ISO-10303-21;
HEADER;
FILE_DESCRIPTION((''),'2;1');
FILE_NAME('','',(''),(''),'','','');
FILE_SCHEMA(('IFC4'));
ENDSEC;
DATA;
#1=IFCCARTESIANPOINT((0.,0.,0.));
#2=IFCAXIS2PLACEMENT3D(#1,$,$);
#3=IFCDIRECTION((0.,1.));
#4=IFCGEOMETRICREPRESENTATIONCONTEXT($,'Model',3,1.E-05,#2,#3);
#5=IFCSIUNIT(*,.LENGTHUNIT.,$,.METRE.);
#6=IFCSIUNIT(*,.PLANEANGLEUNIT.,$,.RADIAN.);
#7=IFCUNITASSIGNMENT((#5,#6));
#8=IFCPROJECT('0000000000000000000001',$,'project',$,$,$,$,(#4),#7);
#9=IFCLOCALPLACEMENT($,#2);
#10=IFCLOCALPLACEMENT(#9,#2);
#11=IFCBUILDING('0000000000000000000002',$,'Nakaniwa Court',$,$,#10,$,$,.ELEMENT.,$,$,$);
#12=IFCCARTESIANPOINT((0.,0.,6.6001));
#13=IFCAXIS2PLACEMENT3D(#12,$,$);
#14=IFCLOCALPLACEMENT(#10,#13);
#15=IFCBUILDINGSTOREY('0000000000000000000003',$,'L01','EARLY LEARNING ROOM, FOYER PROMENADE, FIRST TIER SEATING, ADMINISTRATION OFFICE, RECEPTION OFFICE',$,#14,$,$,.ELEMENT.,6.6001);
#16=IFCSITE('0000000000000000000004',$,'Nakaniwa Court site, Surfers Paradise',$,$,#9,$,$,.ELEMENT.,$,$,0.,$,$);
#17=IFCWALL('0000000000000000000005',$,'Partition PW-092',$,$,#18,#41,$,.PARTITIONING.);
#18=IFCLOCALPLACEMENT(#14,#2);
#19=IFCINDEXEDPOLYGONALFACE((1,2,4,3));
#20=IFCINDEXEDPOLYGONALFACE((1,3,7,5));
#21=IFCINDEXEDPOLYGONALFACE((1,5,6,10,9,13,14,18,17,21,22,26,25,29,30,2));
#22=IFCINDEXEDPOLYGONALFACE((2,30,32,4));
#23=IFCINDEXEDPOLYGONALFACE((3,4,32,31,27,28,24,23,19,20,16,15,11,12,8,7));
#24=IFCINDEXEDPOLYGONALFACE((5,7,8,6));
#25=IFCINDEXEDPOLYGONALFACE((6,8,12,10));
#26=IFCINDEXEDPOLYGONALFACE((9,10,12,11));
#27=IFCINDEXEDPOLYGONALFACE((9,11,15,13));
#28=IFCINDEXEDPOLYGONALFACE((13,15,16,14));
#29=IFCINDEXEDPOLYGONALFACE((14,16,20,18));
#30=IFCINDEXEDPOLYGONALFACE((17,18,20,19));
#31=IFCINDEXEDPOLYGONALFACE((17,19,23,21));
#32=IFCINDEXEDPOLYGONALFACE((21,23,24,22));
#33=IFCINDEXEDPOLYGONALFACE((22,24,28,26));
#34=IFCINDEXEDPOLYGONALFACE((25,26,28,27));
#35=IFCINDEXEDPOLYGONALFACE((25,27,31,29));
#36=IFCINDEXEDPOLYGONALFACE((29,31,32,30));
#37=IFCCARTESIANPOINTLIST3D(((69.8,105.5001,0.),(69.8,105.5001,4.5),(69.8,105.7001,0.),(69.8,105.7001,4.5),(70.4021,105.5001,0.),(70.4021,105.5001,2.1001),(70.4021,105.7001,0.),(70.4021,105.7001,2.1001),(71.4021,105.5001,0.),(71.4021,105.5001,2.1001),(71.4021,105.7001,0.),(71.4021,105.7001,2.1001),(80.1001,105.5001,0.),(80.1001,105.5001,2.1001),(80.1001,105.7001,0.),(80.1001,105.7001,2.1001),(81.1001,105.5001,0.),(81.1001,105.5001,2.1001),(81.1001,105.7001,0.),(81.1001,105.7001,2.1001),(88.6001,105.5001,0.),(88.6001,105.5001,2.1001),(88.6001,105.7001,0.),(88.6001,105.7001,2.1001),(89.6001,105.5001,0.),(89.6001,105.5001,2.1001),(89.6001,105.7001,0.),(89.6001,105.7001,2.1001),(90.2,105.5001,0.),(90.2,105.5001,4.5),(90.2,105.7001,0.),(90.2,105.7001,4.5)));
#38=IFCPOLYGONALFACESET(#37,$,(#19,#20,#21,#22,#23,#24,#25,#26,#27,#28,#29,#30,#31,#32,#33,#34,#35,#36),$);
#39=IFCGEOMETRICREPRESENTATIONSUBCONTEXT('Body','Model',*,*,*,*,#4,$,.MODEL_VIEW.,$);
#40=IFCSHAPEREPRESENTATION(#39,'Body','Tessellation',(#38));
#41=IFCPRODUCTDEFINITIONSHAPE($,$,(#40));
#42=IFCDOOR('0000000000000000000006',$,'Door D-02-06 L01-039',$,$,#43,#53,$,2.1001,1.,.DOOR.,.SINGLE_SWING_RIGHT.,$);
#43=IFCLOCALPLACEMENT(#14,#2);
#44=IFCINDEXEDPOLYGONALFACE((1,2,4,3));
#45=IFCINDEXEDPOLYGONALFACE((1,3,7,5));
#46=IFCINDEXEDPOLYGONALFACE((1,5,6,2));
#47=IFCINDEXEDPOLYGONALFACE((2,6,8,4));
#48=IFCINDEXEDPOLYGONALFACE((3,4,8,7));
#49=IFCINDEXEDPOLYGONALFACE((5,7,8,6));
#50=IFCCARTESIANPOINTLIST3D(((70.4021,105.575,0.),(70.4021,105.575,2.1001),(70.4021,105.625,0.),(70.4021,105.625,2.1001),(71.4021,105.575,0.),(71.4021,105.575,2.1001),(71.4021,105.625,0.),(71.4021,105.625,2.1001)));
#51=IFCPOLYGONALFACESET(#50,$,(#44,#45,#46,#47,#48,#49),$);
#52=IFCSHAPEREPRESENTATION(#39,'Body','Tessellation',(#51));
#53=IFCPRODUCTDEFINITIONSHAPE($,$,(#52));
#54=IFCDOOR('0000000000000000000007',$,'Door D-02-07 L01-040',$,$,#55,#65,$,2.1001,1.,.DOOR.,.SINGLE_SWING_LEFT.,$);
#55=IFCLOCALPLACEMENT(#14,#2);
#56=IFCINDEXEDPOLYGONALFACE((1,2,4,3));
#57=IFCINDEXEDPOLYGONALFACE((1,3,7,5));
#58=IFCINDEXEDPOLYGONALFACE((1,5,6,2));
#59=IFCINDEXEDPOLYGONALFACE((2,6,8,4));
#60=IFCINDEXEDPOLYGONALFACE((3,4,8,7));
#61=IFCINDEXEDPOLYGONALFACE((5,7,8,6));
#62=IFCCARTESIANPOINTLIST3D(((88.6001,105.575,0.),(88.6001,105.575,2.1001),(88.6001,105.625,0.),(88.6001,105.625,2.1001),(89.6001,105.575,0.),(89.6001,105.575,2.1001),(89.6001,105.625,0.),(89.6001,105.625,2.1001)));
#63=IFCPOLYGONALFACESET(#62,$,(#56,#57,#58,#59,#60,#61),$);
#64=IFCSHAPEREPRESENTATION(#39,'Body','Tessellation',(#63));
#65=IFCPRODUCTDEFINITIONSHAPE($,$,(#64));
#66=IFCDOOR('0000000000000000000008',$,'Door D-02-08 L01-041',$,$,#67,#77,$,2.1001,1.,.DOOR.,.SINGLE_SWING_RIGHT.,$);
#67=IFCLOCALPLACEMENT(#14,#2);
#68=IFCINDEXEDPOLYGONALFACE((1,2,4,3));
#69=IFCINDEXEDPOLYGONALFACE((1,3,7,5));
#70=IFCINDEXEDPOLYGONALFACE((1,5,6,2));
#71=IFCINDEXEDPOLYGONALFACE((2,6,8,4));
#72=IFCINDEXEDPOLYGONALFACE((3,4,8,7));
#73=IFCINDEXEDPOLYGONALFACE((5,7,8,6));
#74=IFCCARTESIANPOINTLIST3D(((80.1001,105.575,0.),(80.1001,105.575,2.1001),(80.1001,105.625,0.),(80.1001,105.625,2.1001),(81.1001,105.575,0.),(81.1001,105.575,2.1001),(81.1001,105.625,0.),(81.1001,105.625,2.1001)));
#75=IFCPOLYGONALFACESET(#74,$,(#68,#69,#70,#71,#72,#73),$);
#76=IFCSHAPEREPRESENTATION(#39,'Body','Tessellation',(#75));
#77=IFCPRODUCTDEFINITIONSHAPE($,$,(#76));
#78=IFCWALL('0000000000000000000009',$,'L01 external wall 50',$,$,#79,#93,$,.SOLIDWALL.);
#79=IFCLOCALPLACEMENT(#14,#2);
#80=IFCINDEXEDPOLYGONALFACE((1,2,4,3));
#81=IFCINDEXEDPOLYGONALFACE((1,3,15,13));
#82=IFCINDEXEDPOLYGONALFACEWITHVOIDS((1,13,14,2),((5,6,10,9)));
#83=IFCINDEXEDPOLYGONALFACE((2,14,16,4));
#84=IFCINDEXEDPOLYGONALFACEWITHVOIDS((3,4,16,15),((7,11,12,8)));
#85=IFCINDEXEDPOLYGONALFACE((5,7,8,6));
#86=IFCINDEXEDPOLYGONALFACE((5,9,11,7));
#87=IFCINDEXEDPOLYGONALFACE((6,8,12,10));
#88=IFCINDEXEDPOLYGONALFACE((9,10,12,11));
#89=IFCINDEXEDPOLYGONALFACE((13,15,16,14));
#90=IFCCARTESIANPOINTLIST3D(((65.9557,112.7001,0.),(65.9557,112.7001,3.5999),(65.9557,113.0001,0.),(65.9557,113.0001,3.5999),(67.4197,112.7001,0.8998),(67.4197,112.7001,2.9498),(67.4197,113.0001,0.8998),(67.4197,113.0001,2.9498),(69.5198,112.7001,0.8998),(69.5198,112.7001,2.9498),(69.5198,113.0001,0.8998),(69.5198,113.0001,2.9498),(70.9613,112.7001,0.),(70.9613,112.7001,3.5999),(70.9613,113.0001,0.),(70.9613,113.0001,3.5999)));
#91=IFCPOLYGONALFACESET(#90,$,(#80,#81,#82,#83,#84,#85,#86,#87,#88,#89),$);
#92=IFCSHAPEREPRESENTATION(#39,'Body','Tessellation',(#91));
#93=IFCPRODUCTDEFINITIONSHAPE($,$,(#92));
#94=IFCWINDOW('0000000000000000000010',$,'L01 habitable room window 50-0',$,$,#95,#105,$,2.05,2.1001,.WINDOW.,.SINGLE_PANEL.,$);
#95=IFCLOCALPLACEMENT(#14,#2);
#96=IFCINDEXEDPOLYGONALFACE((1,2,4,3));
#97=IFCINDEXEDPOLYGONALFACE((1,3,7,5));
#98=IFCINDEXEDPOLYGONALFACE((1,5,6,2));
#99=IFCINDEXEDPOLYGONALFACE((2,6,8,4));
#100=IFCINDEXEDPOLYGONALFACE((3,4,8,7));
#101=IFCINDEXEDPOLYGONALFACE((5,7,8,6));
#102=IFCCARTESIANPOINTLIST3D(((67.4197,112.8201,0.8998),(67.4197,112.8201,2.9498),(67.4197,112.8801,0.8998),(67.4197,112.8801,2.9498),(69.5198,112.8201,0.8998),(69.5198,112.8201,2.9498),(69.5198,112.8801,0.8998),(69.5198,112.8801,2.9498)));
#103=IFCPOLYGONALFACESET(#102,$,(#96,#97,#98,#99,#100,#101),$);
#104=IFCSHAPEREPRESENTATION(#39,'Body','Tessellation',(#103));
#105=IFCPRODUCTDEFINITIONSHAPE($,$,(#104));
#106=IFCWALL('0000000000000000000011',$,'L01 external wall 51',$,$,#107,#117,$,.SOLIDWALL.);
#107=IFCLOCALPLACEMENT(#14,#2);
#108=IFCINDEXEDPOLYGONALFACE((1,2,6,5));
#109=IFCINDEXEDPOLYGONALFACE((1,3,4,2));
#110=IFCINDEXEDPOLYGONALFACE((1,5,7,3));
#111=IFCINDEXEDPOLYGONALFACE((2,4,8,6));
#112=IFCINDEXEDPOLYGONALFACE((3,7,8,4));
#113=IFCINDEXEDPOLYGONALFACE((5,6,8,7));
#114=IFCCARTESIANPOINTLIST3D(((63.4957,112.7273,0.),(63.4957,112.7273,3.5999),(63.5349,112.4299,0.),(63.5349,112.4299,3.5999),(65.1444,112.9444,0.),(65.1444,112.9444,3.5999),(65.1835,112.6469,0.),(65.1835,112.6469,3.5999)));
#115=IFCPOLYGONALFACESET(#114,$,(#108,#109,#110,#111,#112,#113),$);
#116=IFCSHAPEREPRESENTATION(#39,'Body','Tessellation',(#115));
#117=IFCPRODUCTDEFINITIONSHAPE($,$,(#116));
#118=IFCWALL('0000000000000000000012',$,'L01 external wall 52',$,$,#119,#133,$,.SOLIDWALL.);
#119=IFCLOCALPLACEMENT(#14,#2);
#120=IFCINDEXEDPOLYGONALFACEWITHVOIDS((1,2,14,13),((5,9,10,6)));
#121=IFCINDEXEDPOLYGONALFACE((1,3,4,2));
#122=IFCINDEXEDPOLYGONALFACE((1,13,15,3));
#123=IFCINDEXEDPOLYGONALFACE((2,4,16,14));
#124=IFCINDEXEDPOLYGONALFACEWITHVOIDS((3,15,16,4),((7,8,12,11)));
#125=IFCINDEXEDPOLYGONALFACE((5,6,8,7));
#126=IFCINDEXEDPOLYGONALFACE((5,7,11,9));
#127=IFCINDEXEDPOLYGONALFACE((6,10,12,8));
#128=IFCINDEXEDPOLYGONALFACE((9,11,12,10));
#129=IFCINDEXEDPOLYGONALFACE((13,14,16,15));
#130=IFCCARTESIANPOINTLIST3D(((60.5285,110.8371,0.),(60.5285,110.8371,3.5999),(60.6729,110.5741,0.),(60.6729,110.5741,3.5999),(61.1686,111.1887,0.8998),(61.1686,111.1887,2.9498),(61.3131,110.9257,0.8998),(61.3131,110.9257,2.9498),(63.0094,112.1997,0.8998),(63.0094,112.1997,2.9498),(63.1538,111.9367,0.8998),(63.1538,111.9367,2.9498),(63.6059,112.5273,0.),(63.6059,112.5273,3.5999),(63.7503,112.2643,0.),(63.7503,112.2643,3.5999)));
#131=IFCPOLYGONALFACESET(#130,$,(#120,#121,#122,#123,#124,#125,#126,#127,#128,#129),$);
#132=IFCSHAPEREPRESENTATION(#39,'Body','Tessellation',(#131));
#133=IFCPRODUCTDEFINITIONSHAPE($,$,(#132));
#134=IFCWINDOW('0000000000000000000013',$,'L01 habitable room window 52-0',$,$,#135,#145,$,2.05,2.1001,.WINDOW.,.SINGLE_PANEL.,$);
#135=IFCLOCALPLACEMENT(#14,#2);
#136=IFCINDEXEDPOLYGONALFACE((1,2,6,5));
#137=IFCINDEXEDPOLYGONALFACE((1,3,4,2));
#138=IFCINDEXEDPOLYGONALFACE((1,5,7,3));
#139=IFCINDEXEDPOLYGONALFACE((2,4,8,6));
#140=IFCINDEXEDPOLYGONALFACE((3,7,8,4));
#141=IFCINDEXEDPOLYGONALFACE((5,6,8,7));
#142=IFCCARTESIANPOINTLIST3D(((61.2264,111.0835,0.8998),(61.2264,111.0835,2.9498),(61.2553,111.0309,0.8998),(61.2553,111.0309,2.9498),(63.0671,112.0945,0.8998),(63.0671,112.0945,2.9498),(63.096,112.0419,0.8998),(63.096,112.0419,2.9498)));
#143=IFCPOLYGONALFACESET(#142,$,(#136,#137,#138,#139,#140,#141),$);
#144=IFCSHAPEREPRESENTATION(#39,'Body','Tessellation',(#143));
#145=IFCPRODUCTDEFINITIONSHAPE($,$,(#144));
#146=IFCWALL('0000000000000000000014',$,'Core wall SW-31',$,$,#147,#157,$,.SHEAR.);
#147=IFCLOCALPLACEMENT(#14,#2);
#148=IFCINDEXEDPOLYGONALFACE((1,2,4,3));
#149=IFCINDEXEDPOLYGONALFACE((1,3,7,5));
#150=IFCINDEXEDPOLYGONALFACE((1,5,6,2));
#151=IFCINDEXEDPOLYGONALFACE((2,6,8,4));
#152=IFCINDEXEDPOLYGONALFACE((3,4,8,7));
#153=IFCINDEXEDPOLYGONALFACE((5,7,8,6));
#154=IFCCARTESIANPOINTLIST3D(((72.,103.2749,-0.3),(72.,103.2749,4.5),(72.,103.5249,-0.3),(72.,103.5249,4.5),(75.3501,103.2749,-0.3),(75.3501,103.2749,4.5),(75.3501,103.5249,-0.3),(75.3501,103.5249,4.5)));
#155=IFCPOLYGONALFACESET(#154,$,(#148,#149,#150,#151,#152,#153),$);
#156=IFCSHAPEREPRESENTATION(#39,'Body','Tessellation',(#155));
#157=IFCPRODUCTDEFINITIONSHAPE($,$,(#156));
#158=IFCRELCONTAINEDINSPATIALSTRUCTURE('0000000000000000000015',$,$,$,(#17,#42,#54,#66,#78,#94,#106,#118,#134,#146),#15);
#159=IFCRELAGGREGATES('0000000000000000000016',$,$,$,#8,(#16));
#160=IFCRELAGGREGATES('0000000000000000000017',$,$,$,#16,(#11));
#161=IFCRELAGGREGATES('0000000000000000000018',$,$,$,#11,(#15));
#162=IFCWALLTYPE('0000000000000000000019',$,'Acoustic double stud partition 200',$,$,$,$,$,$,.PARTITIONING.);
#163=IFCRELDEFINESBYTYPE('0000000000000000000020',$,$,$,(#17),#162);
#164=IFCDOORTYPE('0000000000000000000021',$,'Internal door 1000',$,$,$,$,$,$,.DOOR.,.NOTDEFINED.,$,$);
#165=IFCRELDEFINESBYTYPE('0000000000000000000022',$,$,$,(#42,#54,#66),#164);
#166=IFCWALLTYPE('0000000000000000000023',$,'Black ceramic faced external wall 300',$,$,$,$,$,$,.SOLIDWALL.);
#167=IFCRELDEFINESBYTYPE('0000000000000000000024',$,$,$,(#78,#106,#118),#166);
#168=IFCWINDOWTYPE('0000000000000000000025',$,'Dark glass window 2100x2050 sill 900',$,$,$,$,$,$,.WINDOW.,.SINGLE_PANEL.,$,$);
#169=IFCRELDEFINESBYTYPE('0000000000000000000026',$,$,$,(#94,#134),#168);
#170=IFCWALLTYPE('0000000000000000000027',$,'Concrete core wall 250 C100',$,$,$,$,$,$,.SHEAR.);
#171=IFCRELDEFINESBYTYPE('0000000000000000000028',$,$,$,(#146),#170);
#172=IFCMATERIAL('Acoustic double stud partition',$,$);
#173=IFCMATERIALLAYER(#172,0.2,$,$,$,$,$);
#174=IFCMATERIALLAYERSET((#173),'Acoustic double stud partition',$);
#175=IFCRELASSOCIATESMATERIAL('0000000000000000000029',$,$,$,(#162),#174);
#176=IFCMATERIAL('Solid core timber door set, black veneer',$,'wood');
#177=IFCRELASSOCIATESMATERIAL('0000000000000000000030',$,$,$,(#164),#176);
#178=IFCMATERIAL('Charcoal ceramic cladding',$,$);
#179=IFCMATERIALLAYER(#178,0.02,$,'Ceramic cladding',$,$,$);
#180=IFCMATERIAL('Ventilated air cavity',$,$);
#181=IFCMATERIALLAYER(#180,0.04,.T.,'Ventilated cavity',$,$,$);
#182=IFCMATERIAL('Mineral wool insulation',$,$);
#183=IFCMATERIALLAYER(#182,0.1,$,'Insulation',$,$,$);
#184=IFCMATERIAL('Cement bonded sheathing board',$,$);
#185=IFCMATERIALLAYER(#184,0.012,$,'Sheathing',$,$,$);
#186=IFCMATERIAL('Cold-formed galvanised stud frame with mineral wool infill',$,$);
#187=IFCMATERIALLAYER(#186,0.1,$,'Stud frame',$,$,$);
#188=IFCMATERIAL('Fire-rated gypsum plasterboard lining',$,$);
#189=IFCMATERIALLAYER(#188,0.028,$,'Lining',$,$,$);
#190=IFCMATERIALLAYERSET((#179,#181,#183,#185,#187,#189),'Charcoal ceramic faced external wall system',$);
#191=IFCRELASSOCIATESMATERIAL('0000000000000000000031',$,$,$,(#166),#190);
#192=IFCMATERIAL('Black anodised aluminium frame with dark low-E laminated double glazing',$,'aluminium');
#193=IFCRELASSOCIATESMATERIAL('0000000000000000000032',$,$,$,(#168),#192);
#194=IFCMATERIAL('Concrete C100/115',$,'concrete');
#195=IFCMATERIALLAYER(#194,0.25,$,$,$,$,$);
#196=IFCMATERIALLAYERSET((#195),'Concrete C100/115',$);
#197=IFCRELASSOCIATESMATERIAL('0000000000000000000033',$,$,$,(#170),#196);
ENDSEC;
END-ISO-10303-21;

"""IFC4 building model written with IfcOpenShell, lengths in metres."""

from ifc_helpers import new_model, si_unit, direction, frame, frame_2d, origin, place, context, subcontext, project, spatial, rectangle, extrude, material, layer, layer_set, type_object, element, fill, save


model = new_model("IFC4")

# Units and contexts
model_context = context("Model", 3, precision=1e-05, world=origin(), true_north=direction((0.0, 1.0)))
body_context = subcontext(model_context, "Body", "Model", "MODEL_VIEW")
ifc_project = project(units=[si_unit("LENGTHUNIT", "METRE"), si_unit("PLANEANGLEUNIT", "RADIAN")], contexts=[model_context])

# Site, building, storey
site_placement = place(None, origin())
site = spatial("IfcSite", under=ifc_project, at=site_placement, Name="Nakaniwa Court site, Surfers Paradise", CompositionType="ELEMENT", RefElevation=0.0)
building_placement = place(site_placement, origin())
building = spatial("IfcBuilding", under=site, at=building_placement, Name="Nakaniwa Court", CompositionType="ELEMENT")
storey_placement = place(building_placement, frame((0.0, 0.0, 6.6001)))
storey = spatial("IfcBuildingStorey", under=building, at=storey_placement, Name="L01", Description="EARLY LEARNING ROOM, FOYER PROMENADE, FIRST TIER SEATING, ADMINISTRATION OFFICE, RECEPTION OFFICE", CompositionType="ELEMENT", Elevation=6.6001)

# Shared definitions
ifc_material_1 = material(Name="Concrete C100/115", Category="concrete")

# Wall, openings, doors
ifc_material_2 = material(Name="Acoustic double stud partition")
ifc_layer_1 = layer(ifc_material_2, 0.2)
ifc_layer_set_1 = layer_set([ifc_layer_1], Name="Acoustic double stud partition")
wall_type_1 = type_object("IfcWallType", Name="Acoustic double stud partition 200", PredefinedType="PARTITIONING", material=ifc_layer_set_1)
wall_1_placement = place(storey_placement, frame((69.8, 105.6001, 0.0), z_axis=(0.0, 0.0, 1.0), x_axis=(1.0, 0.0, 0.0)))
wall_1 = element("IfcWall", 1, at=wall_1_placement, inside=storey, type_object=wall_type_1, Name="Partition PW-092", PredefinedType="PARTITIONING", context=body_context, shape_type="SweptSolid", body=[
    extrude(rectangle(XDim=20.3999, YDim=0.2, at=frame_2d((10.2, 0.0))), origin(), (0.0, 0.0, 1.0), 4.5),
])
opening_1_placement = place(wall_1_placement, frame((0.6021, 0.0, 0.0)))
opening_1 = element("IfcOpeningElement", 2, at=opening_1_placement, cuts=wall_1, PredefinedType="OPENING", context=body_context, shape_type="SweptSolid", body=[
    extrude(rectangle(XDim=1.0, YDim=2.1001, at=frame_2d((0.5, 1.05))), frame((0.0, 0.1099, 0.0), z_axis=(0.0, -1.0, 0.0), x_axis=(1.0, 0.0, 0.0)), (0.0, 0.0, 1.0), 0.22),
])
opening_2_placement = place(wall_1_placement, frame((18.8, 0.0, 0.0)))
opening_2 = element("IfcOpeningElement", 3, at=opening_2_placement, cuts=wall_1, PredefinedType="OPENING", context=body_context, shape_type="SweptSolid", body=[
    extrude(rectangle(XDim=1.0, YDim=2.1001, at=frame_2d((0.5, 1.05))), frame((0.0, 0.1099, 0.0), z_axis=(0.0, -1.0, 0.0), x_axis=(1.0, 0.0, 0.0)), (0.0, 0.0, 1.0), 0.22),
])
opening_3_placement = place(wall_1_placement, frame((10.3, 0.0, 0.0)))
opening_3 = element("IfcOpeningElement", 4, at=opening_3_placement, cuts=wall_1, PredefinedType="OPENING", context=body_context, shape_type="SweptSolid", body=[
    extrude(rectangle(XDim=1.0, YDim=2.1001, at=frame_2d((0.5, 1.05))), frame((0.0, 0.1099, 0.0), z_axis=(0.0, -1.0, 0.0), x_axis=(1.0, 0.0, 0.0)), (0.0, 0.0, 1.0), 0.22),
])
ifc_material_3 = material(Name="Solid core timber door set, black veneer", Category="wood")
door_type = type_object("IfcDoorType", Name="Internal door 1000", OperationType="NOTDEFINED", PredefinedType="DOOR", material=ifc_material_3)
door_1_placement = place(opening_1_placement, origin())
door_1 = element("IfcDoor", 5, at=door_1_placement, inside=storey, type_object=door_type, Name="Door D-02-06 L01-039", OperationType="SINGLE_SWING_RIGHT", OverallHeight=2.1001, OverallWidth=1.0, PredefinedType="DOOR", context=body_context, shape_type="SweptSolid", body=[
    extrude(rectangle(XDim=1.0, YDim=2.1001, at=frame_2d((0.5, 1.05))), frame((0.0, 0.0249, 0.0), z_axis=(0.0, -1.0, 0.0), x_axis=(1.0, 0.0, 0.0)), (0.0, 0.0, 1.0), 0.05),
])
fill(opening_1, door_1)
door_2_placement = place(opening_2_placement, origin())
door_2 = element("IfcDoor", 6, at=door_2_placement, inside=storey, type_object=door_type, Name="Door D-02-07 L01-040", OperationType="SINGLE_SWING_LEFT", OverallHeight=2.1001, OverallWidth=1.0, PredefinedType="DOOR", context=body_context, shape_type="SweptSolid", body=[
    extrude(rectangle(XDim=1.0, YDim=2.1001, at=frame_2d((0.5, 1.05))), frame((0.0, 0.0249, 0.0), z_axis=(0.0, -1.0, 0.0), x_axis=(1.0, 0.0, 0.0)), (0.0, 0.0, 1.0), 0.05),
])
fill(opening_2, door_2)
door_3_placement = place(opening_3_placement, origin())
door_3 = element("IfcDoor", 7, at=door_3_placement, inside=storey, type_object=door_type, Name="Door D-02-08 L01-041", OperationType="SINGLE_SWING_RIGHT", OverallHeight=2.1001, OverallWidth=1.0, PredefinedType="DOOR", context=body_context, shape_type="SweptSolid", body=[
    extrude(rectangle(XDim=1.0, YDim=2.1001, at=frame_2d((0.5, 1.05))), frame((0.0, 0.0249, 0.0), z_axis=(0.0, -1.0, 0.0), x_axis=(1.0, 0.0, 0.0)), (0.0, 0.0, 1.0), 0.05),
])
fill(opening_3, door_3)

# Wall, opening, window
ifc_material_4 = material(Name="Charcoal ceramic cladding")
ifc_layer_2 = layer(ifc_material_4, 0.02, Name="Ceramic cladding")
ifc_material_5 = material(Name="Ventilated air cavity")
ifc_layer_3 = layer(ifc_material_5, 0.04, ventilated=True, Name="Ventilated cavity")
ifc_material_6 = material(Name="Mineral wool insulation")
ifc_layer_4 = layer(ifc_material_6, 0.1, Name="Insulation")
ifc_material_7 = material(Name="Cement bonded sheathing board")
ifc_layer_5 = layer(ifc_material_7, 0.012, Name="Sheathing")
ifc_material_8 = material(Name="Cold-formed galvanised stud frame with mineral wool infill")
ifc_layer_6 = layer(ifc_material_8, 0.1, Name="Stud frame")
ifc_material_9 = material(Name="Fire-rated gypsum plasterboard lining")
ifc_layer_7 = layer(ifc_material_9, 0.028, Name="Lining")
ifc_layer_set_2 = layer_set([ifc_layer_2, ifc_layer_3, ifc_layer_4, ifc_layer_5, ifc_layer_6, ifc_layer_7], Name="Charcoal ceramic faced external wall system")
wall_type_2 = type_object("IfcWallType", Name="Black ceramic faced external wall 300", PredefinedType="SOLIDWALL", material=ifc_layer_set_2)
wall_2_placement = place(storey_placement, frame((70.9614, 112.8501, 0.0), z_axis=(0.0, 0.0, 1.0), x_axis=(-1.0, 0.0, 0.0)))
wall_2 = element("IfcWall", 8, at=wall_2_placement, inside=storey, type_object=wall_type_2, Name="L01 external wall 50", PredefinedType="SOLIDWALL", context=body_context, shape_type="SweptSolid", body=[
    extrude(rectangle(XDim=5.0056, YDim=0.3, at=frame_2d((2.5029, 0.0))), origin(), (0.0, 0.0, 1.0), 3.5999),
])
opening_4_placement = place(wall_2_placement, frame((1.4417, 0.0, 0.8999)))
opening_4 = element("IfcOpeningElement", 9, at=opening_4_placement, cuts=wall_2, PredefinedType="OPENING", context=body_context, shape_type="SweptSolid", body=[
    extrude(rectangle(XDim=2.1001, YDim=2.05, at=frame_2d((1.05, 1.0249))), frame((0.0, 0.1599, 0.0), z_axis=(0.0, -1.0, 0.0), x_axis=(1.0, 0.0, 0.0)), (0.0, 0.0, 1.0), 0.3201),
])
ifc_material_10 = material(Name="Black anodised aluminium frame with dark low-E laminated double glazing", Category="aluminium")
window_type = type_object("IfcWindowType", Name="Dark glass window 2100x2050 sill 900", PartitioningType="SINGLE_PANEL", PredefinedType="WINDOW", material=ifc_material_10)
window_1_placement = place(opening_4_placement, origin())
window_1 = element("IfcWindow", 10, at=window_1_placement, inside=storey, type_object=window_type, Name="L01 habitable room window 50-0", OverallHeight=2.05, OverallWidth=2.1001, PartitioningType="SINGLE_PANEL", PredefinedType="WINDOW", context=body_context, shape_type="SweptSolid", body=[
    extrude(rectangle(XDim=2.1001, YDim=2.05, at=frame_2d((1.05, 1.0249))), frame((0.0, 0.03, 0.0), z_axis=(0.0, -1.0, 0.0), x_axis=(1.0, 0.0, 0.0)), (0.0, 0.0, 1.0), 0.0601),
])
fill(opening_4, window_1)

# Wall
wall_3_placement = place(storey_placement, frame((65.1641, 112.7957, 0.0), z_axis=(0.0, 0.0, 1.0), x_axis=(-0.991446, -0.130519, 0.0)))
element("IfcWall", 11, at=wall_3_placement, inside=storey, type_object=wall_type_2, Name="L01 external wall 51", PredefinedType="SOLIDWALL", context=body_context, shape_type="SweptSolid", body=[
    extrude(rectangle(XDim=1.6628, YDim=0.3, at=frame_2d((0.8315, 0.0))), origin(), (0.0, 0.0, 1.0), 3.5999),
])

# Wall, opening, window
wall_4_placement = place(storey_placement, frame((63.678, 112.3958, 0.0), z_axis=(0.0, 0.0, 1.0), x_axis=(-0.876502, -0.481398, 0.0)))
wall_4 = element("IfcWall", 12, at=wall_4_placement, inside=storey, type_object=wall_type_2, Name="L01 external wall 52", PredefinedType="SOLIDWALL", context=body_context, shape_type="SweptSolid", body=[
    extrude(rectangle(XDim=3.511, YDim=0.3, at=frame_2d((1.7554, 0.0))), origin(), (0.0, 0.0, 1.0), 3.5999),
])
opening_5_placement = place(wall_4_placement, frame((0.6804, 0.0, 0.8999)))
opening_5 = element("IfcOpeningElement", 13, at=opening_5_placement, cuts=wall_4, PredefinedType="OPENING", context=body_context, shape_type="SweptSolid", body=[
    extrude(rectangle(XDim=2.1001, YDim=2.05, at=frame_2d((1.05, 1.0249))), frame((0.0, 0.1599, 0.0), z_axis=(0.0, -1.0, 0.0), x_axis=(1.0, 0.0, 0.0)), (0.0, 0.0, 1.0), 0.3201),
])
window_2_placement = place(opening_5_placement, origin())
window_2 = element("IfcWindow", 14, at=window_2_placement, inside=storey, type_object=window_type, Name="L01 habitable room window 52-0", OverallHeight=2.05, OverallWidth=2.1001, PartitioningType="SINGLE_PANEL", PredefinedType="WINDOW", context=body_context, shape_type="SweptSolid", body=[
    extrude(rectangle(XDim=2.1001, YDim=2.05, at=frame_2d((1.05, 1.0249))), frame((0.0, 0.03, 0.0), z_axis=(0.0, -1.0, 0.0), x_axis=(1.0, 0.0, 0.0)), (0.0, 0.0, 1.0), 0.0601),
])
fill(opening_5, window_2)

# Wall
ifc_layer_8 = layer(ifc_material_1, 0.25)
ifc_layer_set_3 = layer_set([ifc_layer_8], Name="Concrete C100/115")
wall_type_3 = type_object("IfcWallType", Name="Concrete core wall 250 C100", PredefinedType="SHEAR", material=ifc_layer_set_3)
wall_5_placement = place(storey_placement, frame((72.0, 103.3999, -0.3), z_axis=(0.0, 0.0, 1.0), x_axis=(1.0, 0.0, 0.0)))
element("IfcWall", 15, at=wall_5_placement, inside=storey, type_object=wall_type_3, Name="Core wall SW-31", PredefinedType="SHEAR", context=body_context, shape_type="SweptSolid", body=[
    extrude(rectangle(XDim=3.3501, YDim=0.25, at=frame_2d((1.675, 0.0))), origin(), (0.0, 0.0, 1.0), 4.8),
])

save(model, "model.ifc")
